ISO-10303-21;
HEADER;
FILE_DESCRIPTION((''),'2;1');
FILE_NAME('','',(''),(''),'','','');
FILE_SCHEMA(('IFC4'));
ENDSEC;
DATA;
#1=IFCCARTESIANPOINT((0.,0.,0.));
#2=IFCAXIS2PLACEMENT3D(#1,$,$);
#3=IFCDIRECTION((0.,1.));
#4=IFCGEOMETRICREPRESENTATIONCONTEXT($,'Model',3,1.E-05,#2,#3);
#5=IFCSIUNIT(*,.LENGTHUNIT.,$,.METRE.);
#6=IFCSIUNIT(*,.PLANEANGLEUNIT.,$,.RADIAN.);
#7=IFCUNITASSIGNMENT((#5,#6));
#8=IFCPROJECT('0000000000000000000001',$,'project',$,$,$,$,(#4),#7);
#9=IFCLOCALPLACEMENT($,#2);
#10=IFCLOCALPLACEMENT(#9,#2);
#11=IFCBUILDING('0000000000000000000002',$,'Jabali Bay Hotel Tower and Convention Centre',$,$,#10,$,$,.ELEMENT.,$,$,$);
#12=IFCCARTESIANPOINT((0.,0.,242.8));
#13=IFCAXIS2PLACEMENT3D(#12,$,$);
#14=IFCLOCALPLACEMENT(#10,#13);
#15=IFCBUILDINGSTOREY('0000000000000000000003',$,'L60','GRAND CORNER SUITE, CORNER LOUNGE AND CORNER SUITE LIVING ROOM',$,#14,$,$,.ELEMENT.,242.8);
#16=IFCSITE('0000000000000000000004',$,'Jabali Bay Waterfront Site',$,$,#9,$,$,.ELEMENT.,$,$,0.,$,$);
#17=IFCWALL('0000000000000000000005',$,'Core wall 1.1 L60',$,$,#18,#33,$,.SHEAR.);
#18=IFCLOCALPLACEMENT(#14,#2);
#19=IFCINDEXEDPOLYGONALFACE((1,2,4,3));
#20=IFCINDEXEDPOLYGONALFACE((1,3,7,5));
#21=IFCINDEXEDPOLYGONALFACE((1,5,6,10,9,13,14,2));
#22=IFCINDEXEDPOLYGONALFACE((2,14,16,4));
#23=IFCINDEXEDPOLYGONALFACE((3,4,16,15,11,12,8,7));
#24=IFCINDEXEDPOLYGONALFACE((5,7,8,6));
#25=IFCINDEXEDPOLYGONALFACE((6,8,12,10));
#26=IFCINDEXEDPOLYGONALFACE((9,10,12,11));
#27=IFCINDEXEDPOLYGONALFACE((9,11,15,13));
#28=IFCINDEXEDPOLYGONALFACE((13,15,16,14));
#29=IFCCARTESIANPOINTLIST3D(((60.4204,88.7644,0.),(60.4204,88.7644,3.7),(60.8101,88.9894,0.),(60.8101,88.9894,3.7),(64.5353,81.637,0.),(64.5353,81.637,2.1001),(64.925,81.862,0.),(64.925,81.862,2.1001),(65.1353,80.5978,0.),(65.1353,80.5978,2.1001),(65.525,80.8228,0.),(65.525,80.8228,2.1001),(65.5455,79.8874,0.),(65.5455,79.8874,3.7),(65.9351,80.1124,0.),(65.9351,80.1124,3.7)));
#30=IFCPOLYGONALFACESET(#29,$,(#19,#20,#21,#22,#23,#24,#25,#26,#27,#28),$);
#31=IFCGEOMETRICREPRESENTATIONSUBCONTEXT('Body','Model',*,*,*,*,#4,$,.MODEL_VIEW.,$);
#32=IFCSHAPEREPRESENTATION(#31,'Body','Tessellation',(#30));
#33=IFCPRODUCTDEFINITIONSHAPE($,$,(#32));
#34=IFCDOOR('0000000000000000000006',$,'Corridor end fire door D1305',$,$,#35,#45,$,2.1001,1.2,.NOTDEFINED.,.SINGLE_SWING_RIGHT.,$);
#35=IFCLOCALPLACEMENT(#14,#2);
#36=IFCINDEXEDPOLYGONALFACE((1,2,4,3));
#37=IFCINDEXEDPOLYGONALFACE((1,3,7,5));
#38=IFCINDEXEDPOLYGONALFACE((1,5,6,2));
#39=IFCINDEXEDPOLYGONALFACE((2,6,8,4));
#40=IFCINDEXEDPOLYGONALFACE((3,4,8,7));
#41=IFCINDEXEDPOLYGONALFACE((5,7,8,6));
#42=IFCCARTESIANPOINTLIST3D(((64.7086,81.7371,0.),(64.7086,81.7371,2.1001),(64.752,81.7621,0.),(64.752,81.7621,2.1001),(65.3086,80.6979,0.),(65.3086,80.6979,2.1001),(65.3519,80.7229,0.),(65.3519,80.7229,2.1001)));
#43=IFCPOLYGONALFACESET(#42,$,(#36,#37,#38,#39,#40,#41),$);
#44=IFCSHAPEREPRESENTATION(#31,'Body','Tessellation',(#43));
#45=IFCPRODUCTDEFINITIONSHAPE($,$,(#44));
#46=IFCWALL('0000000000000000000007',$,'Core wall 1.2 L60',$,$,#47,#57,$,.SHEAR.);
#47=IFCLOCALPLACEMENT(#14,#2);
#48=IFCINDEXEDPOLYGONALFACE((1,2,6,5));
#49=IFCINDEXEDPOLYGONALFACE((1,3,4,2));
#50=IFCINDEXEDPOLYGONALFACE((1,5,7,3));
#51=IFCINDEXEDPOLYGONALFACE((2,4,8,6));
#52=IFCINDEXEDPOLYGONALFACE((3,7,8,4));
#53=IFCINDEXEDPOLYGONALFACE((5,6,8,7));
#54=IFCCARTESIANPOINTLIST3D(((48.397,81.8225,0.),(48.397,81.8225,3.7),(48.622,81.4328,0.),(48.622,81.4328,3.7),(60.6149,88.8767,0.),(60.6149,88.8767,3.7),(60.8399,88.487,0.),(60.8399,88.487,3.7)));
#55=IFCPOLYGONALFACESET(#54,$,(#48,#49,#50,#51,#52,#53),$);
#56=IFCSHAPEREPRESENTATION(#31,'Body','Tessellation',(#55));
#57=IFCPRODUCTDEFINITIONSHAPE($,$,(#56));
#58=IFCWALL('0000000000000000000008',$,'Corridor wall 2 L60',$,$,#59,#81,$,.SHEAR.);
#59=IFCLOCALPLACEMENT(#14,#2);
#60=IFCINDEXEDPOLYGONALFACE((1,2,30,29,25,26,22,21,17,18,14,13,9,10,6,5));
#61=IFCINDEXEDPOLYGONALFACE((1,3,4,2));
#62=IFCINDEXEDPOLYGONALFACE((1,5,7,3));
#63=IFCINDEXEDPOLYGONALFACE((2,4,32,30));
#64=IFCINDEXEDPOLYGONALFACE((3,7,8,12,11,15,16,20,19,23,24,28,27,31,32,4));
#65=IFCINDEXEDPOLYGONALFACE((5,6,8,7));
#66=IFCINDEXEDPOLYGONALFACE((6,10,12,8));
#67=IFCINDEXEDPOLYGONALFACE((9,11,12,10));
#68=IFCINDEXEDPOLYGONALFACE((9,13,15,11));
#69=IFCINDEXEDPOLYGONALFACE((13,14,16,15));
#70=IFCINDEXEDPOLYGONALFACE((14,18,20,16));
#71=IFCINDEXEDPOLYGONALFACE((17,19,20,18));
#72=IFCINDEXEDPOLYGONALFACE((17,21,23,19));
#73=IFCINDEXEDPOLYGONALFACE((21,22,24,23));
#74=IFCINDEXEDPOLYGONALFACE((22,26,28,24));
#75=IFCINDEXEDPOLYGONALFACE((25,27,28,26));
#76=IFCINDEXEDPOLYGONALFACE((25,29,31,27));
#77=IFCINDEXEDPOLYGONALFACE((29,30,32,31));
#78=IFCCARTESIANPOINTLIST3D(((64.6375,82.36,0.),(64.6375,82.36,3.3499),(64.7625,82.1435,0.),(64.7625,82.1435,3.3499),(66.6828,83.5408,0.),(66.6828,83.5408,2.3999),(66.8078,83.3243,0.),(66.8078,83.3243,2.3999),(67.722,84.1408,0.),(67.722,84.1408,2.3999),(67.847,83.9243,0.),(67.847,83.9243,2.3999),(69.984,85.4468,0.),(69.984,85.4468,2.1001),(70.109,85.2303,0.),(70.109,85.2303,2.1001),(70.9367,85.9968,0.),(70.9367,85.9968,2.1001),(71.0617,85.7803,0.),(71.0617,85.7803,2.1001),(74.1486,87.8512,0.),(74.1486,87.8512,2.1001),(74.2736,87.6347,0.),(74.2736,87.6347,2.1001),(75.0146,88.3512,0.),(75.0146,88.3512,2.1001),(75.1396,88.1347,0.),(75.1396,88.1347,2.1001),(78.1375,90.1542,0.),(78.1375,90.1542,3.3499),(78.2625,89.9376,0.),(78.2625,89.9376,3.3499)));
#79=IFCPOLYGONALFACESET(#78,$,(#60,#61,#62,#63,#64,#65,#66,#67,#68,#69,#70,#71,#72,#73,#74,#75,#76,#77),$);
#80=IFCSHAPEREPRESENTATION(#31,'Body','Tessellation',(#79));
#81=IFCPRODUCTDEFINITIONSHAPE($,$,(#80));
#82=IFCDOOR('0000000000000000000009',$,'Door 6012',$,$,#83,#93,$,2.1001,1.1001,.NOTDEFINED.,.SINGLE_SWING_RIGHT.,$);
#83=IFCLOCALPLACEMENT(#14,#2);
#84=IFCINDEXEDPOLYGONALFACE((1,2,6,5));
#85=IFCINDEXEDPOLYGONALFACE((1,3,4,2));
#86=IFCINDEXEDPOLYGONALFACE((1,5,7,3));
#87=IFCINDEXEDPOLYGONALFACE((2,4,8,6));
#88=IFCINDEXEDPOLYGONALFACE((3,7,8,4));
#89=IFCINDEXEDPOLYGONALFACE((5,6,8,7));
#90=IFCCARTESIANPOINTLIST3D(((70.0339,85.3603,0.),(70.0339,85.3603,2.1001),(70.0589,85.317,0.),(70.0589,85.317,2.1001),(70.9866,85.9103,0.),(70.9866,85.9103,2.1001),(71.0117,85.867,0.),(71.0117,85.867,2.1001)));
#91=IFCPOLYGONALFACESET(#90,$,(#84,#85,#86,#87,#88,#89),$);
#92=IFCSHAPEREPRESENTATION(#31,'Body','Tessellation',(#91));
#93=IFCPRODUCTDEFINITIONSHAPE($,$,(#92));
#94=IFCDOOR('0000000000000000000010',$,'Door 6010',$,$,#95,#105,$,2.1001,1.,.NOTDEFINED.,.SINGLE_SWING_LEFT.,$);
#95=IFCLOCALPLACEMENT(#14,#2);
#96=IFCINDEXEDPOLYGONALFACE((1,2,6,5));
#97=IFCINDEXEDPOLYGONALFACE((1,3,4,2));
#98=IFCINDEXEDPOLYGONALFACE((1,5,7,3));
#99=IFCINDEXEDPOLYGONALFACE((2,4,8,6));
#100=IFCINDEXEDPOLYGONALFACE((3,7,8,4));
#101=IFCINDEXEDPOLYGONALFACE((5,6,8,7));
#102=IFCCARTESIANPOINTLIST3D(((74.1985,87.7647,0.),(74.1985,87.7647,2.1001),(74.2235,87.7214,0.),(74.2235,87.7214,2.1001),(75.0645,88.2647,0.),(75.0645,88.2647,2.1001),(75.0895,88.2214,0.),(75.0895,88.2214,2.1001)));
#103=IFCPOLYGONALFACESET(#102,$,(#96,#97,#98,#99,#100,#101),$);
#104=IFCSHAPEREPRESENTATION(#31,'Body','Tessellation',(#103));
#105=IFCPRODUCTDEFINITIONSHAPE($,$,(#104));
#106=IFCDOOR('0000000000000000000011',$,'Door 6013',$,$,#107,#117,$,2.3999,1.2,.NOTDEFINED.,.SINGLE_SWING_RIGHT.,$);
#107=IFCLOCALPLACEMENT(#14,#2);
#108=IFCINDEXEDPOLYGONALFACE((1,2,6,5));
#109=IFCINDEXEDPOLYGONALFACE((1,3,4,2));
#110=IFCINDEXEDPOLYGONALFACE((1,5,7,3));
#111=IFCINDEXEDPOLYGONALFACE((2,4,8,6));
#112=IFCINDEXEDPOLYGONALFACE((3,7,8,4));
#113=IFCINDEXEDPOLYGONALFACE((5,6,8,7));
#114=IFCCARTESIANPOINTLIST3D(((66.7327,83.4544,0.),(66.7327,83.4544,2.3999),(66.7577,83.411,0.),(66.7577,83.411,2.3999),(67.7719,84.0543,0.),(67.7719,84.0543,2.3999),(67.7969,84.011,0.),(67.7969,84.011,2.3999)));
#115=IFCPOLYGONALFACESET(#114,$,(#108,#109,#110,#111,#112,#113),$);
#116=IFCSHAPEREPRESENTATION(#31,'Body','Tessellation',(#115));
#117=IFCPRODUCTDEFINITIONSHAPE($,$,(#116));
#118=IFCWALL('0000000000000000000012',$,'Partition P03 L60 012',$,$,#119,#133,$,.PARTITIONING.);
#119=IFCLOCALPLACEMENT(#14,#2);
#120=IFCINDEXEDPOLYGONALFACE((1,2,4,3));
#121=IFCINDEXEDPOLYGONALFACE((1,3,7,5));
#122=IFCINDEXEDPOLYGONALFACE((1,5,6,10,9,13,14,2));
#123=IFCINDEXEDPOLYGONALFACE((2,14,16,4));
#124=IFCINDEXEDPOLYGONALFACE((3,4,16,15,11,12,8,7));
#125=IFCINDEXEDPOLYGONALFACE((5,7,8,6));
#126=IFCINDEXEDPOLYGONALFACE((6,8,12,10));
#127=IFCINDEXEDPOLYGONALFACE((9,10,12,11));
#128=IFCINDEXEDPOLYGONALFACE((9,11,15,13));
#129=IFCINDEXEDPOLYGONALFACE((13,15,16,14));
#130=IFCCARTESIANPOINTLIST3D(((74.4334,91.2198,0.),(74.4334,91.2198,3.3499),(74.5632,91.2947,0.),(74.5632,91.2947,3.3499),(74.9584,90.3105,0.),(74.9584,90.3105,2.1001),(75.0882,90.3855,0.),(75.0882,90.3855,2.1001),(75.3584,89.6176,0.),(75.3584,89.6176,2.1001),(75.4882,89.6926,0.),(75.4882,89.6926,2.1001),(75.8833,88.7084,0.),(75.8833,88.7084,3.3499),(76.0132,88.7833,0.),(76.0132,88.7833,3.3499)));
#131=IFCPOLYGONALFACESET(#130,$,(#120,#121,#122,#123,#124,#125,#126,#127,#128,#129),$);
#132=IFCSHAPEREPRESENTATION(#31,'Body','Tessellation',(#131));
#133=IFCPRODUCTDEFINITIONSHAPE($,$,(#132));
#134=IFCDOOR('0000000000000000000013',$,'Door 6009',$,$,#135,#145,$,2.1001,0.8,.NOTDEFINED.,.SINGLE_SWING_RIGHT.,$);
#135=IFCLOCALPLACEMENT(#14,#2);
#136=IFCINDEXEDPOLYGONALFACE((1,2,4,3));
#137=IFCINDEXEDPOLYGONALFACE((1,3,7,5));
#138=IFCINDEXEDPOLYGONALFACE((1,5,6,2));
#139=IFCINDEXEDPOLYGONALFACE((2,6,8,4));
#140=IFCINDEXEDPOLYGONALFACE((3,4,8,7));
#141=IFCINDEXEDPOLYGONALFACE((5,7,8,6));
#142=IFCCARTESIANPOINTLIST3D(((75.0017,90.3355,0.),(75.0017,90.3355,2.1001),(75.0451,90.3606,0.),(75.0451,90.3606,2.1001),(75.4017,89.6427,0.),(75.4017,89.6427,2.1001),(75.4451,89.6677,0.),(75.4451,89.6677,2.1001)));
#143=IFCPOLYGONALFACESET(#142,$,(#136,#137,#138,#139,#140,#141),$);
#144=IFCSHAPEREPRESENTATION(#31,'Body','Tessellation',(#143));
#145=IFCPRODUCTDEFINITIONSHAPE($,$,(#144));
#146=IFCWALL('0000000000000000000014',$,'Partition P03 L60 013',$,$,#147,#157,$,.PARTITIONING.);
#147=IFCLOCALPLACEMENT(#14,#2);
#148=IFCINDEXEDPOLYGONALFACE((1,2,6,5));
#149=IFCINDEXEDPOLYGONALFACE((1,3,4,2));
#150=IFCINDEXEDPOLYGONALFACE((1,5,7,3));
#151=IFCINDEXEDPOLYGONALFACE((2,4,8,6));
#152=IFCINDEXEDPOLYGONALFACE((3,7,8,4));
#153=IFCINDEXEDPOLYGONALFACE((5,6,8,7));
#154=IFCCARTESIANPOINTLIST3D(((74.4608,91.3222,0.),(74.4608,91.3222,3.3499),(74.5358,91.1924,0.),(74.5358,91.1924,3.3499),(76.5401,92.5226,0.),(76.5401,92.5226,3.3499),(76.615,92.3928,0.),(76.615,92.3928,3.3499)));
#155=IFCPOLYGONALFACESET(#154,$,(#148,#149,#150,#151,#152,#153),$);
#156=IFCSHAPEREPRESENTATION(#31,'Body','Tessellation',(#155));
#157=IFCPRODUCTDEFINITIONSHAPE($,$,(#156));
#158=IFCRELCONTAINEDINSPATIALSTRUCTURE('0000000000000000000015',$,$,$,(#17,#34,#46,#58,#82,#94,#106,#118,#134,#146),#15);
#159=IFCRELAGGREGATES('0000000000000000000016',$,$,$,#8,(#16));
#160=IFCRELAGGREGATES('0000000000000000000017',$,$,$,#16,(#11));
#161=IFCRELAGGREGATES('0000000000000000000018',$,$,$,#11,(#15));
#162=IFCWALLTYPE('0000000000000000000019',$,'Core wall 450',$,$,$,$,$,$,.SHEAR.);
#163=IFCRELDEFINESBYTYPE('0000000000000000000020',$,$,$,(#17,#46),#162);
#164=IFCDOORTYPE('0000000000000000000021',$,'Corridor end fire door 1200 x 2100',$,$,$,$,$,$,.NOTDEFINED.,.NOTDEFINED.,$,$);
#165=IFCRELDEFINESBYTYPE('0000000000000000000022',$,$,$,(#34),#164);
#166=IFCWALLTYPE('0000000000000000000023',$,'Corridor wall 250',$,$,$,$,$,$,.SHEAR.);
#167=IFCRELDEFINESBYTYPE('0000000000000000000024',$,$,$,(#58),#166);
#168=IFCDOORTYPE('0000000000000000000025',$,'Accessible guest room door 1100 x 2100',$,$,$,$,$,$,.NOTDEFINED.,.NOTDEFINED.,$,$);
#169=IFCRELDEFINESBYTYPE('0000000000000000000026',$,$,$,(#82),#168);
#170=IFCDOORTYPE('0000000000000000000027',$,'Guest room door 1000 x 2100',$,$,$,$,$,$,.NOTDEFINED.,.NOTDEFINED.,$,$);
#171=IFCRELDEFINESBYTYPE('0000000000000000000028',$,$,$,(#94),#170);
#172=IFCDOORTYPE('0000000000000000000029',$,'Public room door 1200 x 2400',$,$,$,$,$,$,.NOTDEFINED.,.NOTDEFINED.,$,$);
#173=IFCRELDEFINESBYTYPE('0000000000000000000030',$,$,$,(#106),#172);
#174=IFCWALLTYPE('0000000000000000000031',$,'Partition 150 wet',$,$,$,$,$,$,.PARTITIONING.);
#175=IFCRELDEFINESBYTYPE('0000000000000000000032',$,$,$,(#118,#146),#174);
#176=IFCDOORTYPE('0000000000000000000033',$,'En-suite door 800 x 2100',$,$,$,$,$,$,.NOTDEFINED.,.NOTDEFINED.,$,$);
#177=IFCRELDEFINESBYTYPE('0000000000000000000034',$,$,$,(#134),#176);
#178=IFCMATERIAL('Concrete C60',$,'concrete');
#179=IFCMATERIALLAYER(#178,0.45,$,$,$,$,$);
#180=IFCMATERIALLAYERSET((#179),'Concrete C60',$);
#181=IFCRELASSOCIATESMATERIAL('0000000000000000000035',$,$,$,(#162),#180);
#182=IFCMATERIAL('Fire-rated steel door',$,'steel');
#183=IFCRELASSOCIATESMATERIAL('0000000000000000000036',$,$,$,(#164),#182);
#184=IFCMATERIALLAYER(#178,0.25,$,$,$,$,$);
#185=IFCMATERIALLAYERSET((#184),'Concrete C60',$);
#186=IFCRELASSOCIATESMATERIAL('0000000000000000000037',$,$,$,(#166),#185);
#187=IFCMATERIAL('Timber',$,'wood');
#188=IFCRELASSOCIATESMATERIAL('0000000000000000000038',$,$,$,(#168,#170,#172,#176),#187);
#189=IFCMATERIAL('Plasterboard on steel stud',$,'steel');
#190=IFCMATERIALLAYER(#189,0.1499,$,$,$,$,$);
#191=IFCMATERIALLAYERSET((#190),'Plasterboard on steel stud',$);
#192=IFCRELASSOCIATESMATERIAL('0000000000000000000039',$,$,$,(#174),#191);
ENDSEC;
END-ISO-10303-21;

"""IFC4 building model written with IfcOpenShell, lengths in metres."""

from ifc_helpers import new_model, si_unit, direction, frame, frame_2d, origin, place, context, subcontext, project, spatial, rectangle, extrude, material, layer, layer_set, type_object, element, fill, save


model = new_model("IFC4")

# Units and contexts
model_context = context("Model", 3, precision=1e-05, world=origin(), true_north=direction((0.0, 1.0)))
body_context = subcontext(model_context, "Body", "Model", "MODEL_VIEW")
ifc_project = project(units=[si_unit("LENGTHUNIT", "METRE"), si_unit("PLANEANGLEUNIT", "RADIAN")], contexts=[model_context])

# Site, building, storey
site_placement = place(None, origin())
site = spatial("IfcSite", under=ifc_project, at=site_placement, Name="Jabali Bay Waterfront Site", CompositionType="ELEMENT", RefElevation=0.0)
building_placement = place(site_placement, origin())
building = spatial("IfcBuilding", under=site, at=building_placement, Name="Jabali Bay Hotel Tower and Convention Centre", CompositionType="ELEMENT")
storey_placement = place(building_placement, frame((0.0, 0.0, 242.8)))
storey = spatial("IfcBuildingStorey", under=building, at=storey_placement, Name="L60", Description="GRAND CORNER SUITE, CORNER LOUNGE AND CORNER SUITE LIVING ROOM", CompositionType="ELEMENT", Elevation=242.8)

# Shared definitions
ifc_material_1 = material(Name="Fire-rated steel door", Category="steel")

# Wall, opening, door
ifc_material_2 = material(Name="Concrete C60", Category="concrete")
ifc_layer_1 = layer(ifc_material_2, 0.45)
ifc_layer_set_1 = layer_set([ifc_layer_1], Name="Concrete C60")
wall_type_1 = type_object("IfcWallType", Name="Core wall 450", PredefinedType="SHEAR", material=ifc_layer_set_1)
wall_1_placement = place(storey_placement, frame((65.7402, 80.0, 0.0), z_axis=(0.0, 0.0, 1.0), x_axis=(-0.499992, 0.86603, 0.0)))
wall_1 = element("IfcWall", 1, at=wall_1_placement, inside=storey, type_object=wall_type_1, Name="Core wall 1.1 L60", PredefinedType="SHEAR", context=body_context, shape_type="SweptSolid", body=[
    extrude(rectangle(XDim=10.2502, YDim=0.45, at=frame_2d((5.125, 0.0))), origin(), (0.0, 0.0, 1.0), 3.7),
])
opening_1_placement = place(wall_1_placement, frame((0.8201, 0.0, 0.0)))
opening_1 = element("IfcOpeningElement", 2, at=opening_1_placement, cuts=wall_1, PredefinedType="OPENING", context=body_context, shape_type="SweptSolid", body=[
    extrude(rectangle(XDim=1.2, YDim=2.1001, at=frame_2d((0.6001, 1.05))), frame((0.0, 0.2354, 0.0), z_axis=(0.0, -1.0, 0.0), x_axis=(1.0, 0.0, 0.0)), (0.0, 0.0, 1.0), 0.4709),
])
door_type_1 = type_object("IfcDoorType", Name="Corridor end fire door 1200 x 2100", OperationType="NOTDEFINED", PredefinedType="NOTDEFINED", material=ifc_material_1)
door_1_placement = place(opening_1_placement, origin())
door_1 = element("IfcDoor", 3, at=door_1_placement, inside=storey, type_object=door_type_1, Name="Corridor end fire door D1305", OperationType="SINGLE_SWING_RIGHT", OverallHeight=2.1001, OverallWidth=1.2, PredefinedType="NOTDEFINED", context=body_context, shape_type="SweptSolid", body=[
    extrude(rectangle(XDim=1.2, YDim=2.1001, at=frame_2d((0.6001, 1.05))), frame((0.0, 0.0249, 0.0), z_axis=(0.0, -1.0, 0.0), x_axis=(1.0, 0.0, 0.0)), (0.0, 0.0, 1.0), 0.05),
])
fill(opening_1, door_1)

# Wall
wall_2_placement = place(storey_placement, frame((60.7275, 88.6819, 0.0), z_axis=(0.0, 0.0, 1.0), x_axis=(-0.866022, -0.500007, 0.0)))
element("IfcWall", 4, at=wall_2_placement, inside=storey, type_object=wall_type_1, Name="Core wall 1.2 L60", PredefinedType="SHEAR", context=body_context, shape_type="SweptSolid", body=[
    extrude(rectangle(XDim=14.1082, YDim=0.45, at=frame_2d((7.0542, 0.0))), origin(), (0.0, 0.0, 1.0), 3.7),
])

# Wall, openings, doors
ifc_layer_2 = layer(ifc_material_2, 0.25)
ifc_layer_set_2 = layer_set([ifc_layer_2], Name="Concrete C60")
wall_type_2 = type_object("IfcWallType", Name="Corridor wall 250", PredefinedType="SHEAR", material=ifc_layer_set_2)
wall_3_placement = place(storey_placement, frame((78.2, 90.0459, 0.0), z_axis=(0.0, 0.0, 1.0), x_axis=(-0.866026, -0.499998, 0.0)))
wall_3 = element("IfcWall", 5, at=wall_3_placement, inside=storey, type_object=wall_type_2, Name="Corridor wall 2 L60", PredefinedType="SHEAR", context=body_context, shape_type="SweptSolid", body=[
    extrude(rectangle(XDim=15.5884, YDim=0.25, at=frame_2d((7.7942, 0.0))), origin(), (0.0, 0.0, 1.0), 3.3499),
])
opening_2_placement = place(wall_3_placement, frame((3.606, 0.0, 0.0)))
opening_2 = element("IfcOpeningElement", 6, at=opening_2_placement, cuts=wall_3, PredefinedType="OPENING", context=body_context, shape_type="SweptSolid", body=[
    extrude(rectangle(XDim=1.0, YDim=2.1001, at=frame_2d((0.5, 1.05))), frame((0.0, 0.1355, 0.0), z_axis=(0.0, -1.0, 0.0), x_axis=(1.0, 0.0, 0.0)), (0.0, 0.0, 1.0), 0.271),
])
opening_3_placement = place(wall_3_placement, frame((8.3147, 0.0, 0.0)))
opening_3 = element("IfcOpeningElement", 7, at=opening_3_placement, cuts=wall_3, PredefinedType="OPENING", context=body_context, shape_type="SweptSolid", body=[
    extrude(rectangle(XDim=1.1001, YDim=2.1001, at=frame_2d((0.55, 1.05))), frame((0.0, 0.1355, 0.0), z_axis=(0.0, -1.0, 0.0), x_axis=(1.0, 0.0, 0.0)), (0.0, 0.0, 1.0), 0.271),
])
opening_4_placement = place(wall_3_placement, frame((12.0266, 0.0, 0.0)))
opening_4 = element("IfcOpeningElement", 8, at=opening_4_placement, cuts=wall_3, PredefinedType="OPENING", context=body_context, shape_type="SweptSolid", body=[
    extrude(rectangle(XDim=1.2, YDim=2.3999, at=frame_2d((0.6001, 1.2))), frame((0.0, 0.1355, 0.0), z_axis=(0.0, -1.0, 0.0), x_axis=(1.0, 0.0, 0.0)), (0.0, 0.0, 1.0), 0.271),
])
ifc_material_3 = material(Name="Timber", Category="wood")
door_type_2 = type_object("IfcDoorType", Name="Accessible guest room door 1100 x 2100", OperationType="NOTDEFINED", PredefinedType="NOTDEFINED", material=ifc_material_3)
door_2_placement = place(opening_3_placement, origin())
door_2 = element("IfcDoor", 9, at=door_2_placement, inside=storey, type_object=door_type_2, Name="Door 6012", OperationType="SINGLE_SWING_RIGHT", OverallHeight=2.1001, OverallWidth=1.1001, PredefinedType="NOTDEFINED", context=body_context, shape_type="SweptSolid", body=[
    extrude(rectangle(XDim=1.1001, YDim=2.1001, at=frame_2d((0.55, 1.05))), frame((0.0, 0.0249, 0.0), z_axis=(0.0, -1.0, 0.0), x_axis=(1.0, 0.0, 0.0)), (0.0, 0.0, 1.0), 0.05),
])
fill(opening_3, door_2)
door_type_3 = type_object("IfcDoorType", Name="Guest room door 1000 x 2100", OperationType="NOTDEFINED", PredefinedType="NOTDEFINED", material=ifc_material_3)
door_3_placement = place(opening_2_placement, origin())
door_3 = element("IfcDoor", 10, at=door_3_placement, inside=storey, type_object=door_type_3, Name="Door 6010", OperationType="SINGLE_SWING_LEFT", OverallHeight=2.1001, OverallWidth=1.0, PredefinedType="NOTDEFINED", context=body_context, shape_type="SweptSolid", body=[
    extrude(rectangle(XDim=1.0, YDim=2.1001, at=frame_2d((0.5, 1.05))), frame((0.0, 0.0249, 0.0), z_axis=(0.0, -1.0, 0.0), x_axis=(1.0, 0.0, 0.0)), (0.0, 0.0, 1.0), 0.05),
])
fill(opening_2, door_3)
door_type_4 = type_object("IfcDoorType", Name="Public room door 1200 x 2400", OperationType="NOTDEFINED", PredefinedType="NOTDEFINED", material=ifc_material_3)
door_4_placement = place(opening_4_placement, origin())
door_4 = element("IfcDoor", 11, at=door_4_placement, inside=storey, type_object=door_type_4, Name="Door 6013", OperationType="SINGLE_SWING_RIGHT", OverallHeight=2.3999, OverallWidth=1.2, PredefinedType="NOTDEFINED", context=body_context, shape_type="SweptSolid", body=[
    extrude(rectangle(XDim=1.2, YDim=2.3999, at=frame_2d((0.6001, 1.2))), frame((0.0, 0.0249, 0.0), z_axis=(0.0, -1.0, 0.0), x_axis=(1.0, 0.0, 0.0)), (0.0, 0.0, 1.0), 0.05),
])
fill(opening_4, door_4)

# Wall, opening, door
ifc_material_4 = material(Name="Plasterboard on steel stud", Category="steel")
ifc_layer_3 = layer(ifc_material_4, 0.1499)
ifc_layer_set_3 = layer_set([ifc_layer_3], Name="Plasterboard on steel stud")
wall_type_3 = type_object("IfcWallType", Name="Partition 150 wet", PredefinedType="PARTITIONING", material=ifc_layer_set_3)
wall_4_placement = place(storey_placement, frame((75.9482, 88.7458, 0.0), z_axis=(0.0, 0.0, 1.0), x_axis=(-0.499987, 0.866033, 0.0)))
wall_4 = element("IfcWall", 12, at=wall_4_placement, inside=storey, type_object=wall_type_3, Name="Partition P03 L60 012", PredefinedType="PARTITIONING", context=body_context, shape_type="SweptSolid", body=[
    extrude(rectangle(XDim=2.8999, YDim=0.1499, at=frame_2d((1.45, 0.0))), origin(), (0.0, 0.0, 1.0), 3.3499),
])
opening_5_placement = place(wall_4_placement, frame((1.05, 0.0, 0.0)))
opening_5 = element("IfcOpeningElement", 13, at=opening_5_placement, cuts=wall_4, PredefinedType="OPENING", context=body_context, shape_type="SweptSolid", body=[
    extrude(rectangle(XDim=0.8, YDim=2.1001, at=frame_2d((0.3999, 1.05))), frame((0.0, 0.0854, 0.0), z_axis=(0.0, -1.0, 0.0), x_axis=(1.0, 0.0, 0.0)), (0.0, 0.0, 1.0), 0.1709),
])
door_type_5 = type_object("IfcDoorType", Name="En-suite door 800 x 2100", OperationType="NOTDEFINED", PredefinedType="NOTDEFINED", material=ifc_material_3)
door_5_placement = place(opening_5_placement, origin())
door_5 = element("IfcDoor", 14, at=door_5_placement, inside=storey, type_object=door_type_5, Name="Door 6009", OperationType="SINGLE_SWING_RIGHT", OverallHeight=2.1001, OverallWidth=0.8, PredefinedType="NOTDEFINED", context=body_context, shape_type="SweptSolid", body=[
    extrude(rectangle(XDim=0.8, YDim=2.1001, at=frame_2d((0.3999, 1.05))), frame((0.0, 0.0249, 0.0), z_axis=(0.0, -1.0, 0.0), x_axis=(1.0, 0.0, 0.0)), (0.0, 0.0, 1.0), 0.05),
])
fill(opening_5, door_5)

# Wall
wall_5_placement = place(storey_placement, frame((74.4983, 91.2573, 0.0), z_axis=(0.0, 0.0, 1.0), x_axis=(0.866038, 0.499978, 0.0)))
element("IfcWall", 15, at=wall_5_placement, inside=storey, type_object=wall_type_3, Name="Partition P03 L60 013", PredefinedType="PARTITIONING", context=body_context, shape_type="SweptSolid", body=[
    extrude(rectangle(XDim=2.4009, YDim=0.1499, at=frame_2d((1.2004, 0.0))), origin(), (0.0, 0.0, 1.0), 3.3499),
])

save(model, "model.ifc")
